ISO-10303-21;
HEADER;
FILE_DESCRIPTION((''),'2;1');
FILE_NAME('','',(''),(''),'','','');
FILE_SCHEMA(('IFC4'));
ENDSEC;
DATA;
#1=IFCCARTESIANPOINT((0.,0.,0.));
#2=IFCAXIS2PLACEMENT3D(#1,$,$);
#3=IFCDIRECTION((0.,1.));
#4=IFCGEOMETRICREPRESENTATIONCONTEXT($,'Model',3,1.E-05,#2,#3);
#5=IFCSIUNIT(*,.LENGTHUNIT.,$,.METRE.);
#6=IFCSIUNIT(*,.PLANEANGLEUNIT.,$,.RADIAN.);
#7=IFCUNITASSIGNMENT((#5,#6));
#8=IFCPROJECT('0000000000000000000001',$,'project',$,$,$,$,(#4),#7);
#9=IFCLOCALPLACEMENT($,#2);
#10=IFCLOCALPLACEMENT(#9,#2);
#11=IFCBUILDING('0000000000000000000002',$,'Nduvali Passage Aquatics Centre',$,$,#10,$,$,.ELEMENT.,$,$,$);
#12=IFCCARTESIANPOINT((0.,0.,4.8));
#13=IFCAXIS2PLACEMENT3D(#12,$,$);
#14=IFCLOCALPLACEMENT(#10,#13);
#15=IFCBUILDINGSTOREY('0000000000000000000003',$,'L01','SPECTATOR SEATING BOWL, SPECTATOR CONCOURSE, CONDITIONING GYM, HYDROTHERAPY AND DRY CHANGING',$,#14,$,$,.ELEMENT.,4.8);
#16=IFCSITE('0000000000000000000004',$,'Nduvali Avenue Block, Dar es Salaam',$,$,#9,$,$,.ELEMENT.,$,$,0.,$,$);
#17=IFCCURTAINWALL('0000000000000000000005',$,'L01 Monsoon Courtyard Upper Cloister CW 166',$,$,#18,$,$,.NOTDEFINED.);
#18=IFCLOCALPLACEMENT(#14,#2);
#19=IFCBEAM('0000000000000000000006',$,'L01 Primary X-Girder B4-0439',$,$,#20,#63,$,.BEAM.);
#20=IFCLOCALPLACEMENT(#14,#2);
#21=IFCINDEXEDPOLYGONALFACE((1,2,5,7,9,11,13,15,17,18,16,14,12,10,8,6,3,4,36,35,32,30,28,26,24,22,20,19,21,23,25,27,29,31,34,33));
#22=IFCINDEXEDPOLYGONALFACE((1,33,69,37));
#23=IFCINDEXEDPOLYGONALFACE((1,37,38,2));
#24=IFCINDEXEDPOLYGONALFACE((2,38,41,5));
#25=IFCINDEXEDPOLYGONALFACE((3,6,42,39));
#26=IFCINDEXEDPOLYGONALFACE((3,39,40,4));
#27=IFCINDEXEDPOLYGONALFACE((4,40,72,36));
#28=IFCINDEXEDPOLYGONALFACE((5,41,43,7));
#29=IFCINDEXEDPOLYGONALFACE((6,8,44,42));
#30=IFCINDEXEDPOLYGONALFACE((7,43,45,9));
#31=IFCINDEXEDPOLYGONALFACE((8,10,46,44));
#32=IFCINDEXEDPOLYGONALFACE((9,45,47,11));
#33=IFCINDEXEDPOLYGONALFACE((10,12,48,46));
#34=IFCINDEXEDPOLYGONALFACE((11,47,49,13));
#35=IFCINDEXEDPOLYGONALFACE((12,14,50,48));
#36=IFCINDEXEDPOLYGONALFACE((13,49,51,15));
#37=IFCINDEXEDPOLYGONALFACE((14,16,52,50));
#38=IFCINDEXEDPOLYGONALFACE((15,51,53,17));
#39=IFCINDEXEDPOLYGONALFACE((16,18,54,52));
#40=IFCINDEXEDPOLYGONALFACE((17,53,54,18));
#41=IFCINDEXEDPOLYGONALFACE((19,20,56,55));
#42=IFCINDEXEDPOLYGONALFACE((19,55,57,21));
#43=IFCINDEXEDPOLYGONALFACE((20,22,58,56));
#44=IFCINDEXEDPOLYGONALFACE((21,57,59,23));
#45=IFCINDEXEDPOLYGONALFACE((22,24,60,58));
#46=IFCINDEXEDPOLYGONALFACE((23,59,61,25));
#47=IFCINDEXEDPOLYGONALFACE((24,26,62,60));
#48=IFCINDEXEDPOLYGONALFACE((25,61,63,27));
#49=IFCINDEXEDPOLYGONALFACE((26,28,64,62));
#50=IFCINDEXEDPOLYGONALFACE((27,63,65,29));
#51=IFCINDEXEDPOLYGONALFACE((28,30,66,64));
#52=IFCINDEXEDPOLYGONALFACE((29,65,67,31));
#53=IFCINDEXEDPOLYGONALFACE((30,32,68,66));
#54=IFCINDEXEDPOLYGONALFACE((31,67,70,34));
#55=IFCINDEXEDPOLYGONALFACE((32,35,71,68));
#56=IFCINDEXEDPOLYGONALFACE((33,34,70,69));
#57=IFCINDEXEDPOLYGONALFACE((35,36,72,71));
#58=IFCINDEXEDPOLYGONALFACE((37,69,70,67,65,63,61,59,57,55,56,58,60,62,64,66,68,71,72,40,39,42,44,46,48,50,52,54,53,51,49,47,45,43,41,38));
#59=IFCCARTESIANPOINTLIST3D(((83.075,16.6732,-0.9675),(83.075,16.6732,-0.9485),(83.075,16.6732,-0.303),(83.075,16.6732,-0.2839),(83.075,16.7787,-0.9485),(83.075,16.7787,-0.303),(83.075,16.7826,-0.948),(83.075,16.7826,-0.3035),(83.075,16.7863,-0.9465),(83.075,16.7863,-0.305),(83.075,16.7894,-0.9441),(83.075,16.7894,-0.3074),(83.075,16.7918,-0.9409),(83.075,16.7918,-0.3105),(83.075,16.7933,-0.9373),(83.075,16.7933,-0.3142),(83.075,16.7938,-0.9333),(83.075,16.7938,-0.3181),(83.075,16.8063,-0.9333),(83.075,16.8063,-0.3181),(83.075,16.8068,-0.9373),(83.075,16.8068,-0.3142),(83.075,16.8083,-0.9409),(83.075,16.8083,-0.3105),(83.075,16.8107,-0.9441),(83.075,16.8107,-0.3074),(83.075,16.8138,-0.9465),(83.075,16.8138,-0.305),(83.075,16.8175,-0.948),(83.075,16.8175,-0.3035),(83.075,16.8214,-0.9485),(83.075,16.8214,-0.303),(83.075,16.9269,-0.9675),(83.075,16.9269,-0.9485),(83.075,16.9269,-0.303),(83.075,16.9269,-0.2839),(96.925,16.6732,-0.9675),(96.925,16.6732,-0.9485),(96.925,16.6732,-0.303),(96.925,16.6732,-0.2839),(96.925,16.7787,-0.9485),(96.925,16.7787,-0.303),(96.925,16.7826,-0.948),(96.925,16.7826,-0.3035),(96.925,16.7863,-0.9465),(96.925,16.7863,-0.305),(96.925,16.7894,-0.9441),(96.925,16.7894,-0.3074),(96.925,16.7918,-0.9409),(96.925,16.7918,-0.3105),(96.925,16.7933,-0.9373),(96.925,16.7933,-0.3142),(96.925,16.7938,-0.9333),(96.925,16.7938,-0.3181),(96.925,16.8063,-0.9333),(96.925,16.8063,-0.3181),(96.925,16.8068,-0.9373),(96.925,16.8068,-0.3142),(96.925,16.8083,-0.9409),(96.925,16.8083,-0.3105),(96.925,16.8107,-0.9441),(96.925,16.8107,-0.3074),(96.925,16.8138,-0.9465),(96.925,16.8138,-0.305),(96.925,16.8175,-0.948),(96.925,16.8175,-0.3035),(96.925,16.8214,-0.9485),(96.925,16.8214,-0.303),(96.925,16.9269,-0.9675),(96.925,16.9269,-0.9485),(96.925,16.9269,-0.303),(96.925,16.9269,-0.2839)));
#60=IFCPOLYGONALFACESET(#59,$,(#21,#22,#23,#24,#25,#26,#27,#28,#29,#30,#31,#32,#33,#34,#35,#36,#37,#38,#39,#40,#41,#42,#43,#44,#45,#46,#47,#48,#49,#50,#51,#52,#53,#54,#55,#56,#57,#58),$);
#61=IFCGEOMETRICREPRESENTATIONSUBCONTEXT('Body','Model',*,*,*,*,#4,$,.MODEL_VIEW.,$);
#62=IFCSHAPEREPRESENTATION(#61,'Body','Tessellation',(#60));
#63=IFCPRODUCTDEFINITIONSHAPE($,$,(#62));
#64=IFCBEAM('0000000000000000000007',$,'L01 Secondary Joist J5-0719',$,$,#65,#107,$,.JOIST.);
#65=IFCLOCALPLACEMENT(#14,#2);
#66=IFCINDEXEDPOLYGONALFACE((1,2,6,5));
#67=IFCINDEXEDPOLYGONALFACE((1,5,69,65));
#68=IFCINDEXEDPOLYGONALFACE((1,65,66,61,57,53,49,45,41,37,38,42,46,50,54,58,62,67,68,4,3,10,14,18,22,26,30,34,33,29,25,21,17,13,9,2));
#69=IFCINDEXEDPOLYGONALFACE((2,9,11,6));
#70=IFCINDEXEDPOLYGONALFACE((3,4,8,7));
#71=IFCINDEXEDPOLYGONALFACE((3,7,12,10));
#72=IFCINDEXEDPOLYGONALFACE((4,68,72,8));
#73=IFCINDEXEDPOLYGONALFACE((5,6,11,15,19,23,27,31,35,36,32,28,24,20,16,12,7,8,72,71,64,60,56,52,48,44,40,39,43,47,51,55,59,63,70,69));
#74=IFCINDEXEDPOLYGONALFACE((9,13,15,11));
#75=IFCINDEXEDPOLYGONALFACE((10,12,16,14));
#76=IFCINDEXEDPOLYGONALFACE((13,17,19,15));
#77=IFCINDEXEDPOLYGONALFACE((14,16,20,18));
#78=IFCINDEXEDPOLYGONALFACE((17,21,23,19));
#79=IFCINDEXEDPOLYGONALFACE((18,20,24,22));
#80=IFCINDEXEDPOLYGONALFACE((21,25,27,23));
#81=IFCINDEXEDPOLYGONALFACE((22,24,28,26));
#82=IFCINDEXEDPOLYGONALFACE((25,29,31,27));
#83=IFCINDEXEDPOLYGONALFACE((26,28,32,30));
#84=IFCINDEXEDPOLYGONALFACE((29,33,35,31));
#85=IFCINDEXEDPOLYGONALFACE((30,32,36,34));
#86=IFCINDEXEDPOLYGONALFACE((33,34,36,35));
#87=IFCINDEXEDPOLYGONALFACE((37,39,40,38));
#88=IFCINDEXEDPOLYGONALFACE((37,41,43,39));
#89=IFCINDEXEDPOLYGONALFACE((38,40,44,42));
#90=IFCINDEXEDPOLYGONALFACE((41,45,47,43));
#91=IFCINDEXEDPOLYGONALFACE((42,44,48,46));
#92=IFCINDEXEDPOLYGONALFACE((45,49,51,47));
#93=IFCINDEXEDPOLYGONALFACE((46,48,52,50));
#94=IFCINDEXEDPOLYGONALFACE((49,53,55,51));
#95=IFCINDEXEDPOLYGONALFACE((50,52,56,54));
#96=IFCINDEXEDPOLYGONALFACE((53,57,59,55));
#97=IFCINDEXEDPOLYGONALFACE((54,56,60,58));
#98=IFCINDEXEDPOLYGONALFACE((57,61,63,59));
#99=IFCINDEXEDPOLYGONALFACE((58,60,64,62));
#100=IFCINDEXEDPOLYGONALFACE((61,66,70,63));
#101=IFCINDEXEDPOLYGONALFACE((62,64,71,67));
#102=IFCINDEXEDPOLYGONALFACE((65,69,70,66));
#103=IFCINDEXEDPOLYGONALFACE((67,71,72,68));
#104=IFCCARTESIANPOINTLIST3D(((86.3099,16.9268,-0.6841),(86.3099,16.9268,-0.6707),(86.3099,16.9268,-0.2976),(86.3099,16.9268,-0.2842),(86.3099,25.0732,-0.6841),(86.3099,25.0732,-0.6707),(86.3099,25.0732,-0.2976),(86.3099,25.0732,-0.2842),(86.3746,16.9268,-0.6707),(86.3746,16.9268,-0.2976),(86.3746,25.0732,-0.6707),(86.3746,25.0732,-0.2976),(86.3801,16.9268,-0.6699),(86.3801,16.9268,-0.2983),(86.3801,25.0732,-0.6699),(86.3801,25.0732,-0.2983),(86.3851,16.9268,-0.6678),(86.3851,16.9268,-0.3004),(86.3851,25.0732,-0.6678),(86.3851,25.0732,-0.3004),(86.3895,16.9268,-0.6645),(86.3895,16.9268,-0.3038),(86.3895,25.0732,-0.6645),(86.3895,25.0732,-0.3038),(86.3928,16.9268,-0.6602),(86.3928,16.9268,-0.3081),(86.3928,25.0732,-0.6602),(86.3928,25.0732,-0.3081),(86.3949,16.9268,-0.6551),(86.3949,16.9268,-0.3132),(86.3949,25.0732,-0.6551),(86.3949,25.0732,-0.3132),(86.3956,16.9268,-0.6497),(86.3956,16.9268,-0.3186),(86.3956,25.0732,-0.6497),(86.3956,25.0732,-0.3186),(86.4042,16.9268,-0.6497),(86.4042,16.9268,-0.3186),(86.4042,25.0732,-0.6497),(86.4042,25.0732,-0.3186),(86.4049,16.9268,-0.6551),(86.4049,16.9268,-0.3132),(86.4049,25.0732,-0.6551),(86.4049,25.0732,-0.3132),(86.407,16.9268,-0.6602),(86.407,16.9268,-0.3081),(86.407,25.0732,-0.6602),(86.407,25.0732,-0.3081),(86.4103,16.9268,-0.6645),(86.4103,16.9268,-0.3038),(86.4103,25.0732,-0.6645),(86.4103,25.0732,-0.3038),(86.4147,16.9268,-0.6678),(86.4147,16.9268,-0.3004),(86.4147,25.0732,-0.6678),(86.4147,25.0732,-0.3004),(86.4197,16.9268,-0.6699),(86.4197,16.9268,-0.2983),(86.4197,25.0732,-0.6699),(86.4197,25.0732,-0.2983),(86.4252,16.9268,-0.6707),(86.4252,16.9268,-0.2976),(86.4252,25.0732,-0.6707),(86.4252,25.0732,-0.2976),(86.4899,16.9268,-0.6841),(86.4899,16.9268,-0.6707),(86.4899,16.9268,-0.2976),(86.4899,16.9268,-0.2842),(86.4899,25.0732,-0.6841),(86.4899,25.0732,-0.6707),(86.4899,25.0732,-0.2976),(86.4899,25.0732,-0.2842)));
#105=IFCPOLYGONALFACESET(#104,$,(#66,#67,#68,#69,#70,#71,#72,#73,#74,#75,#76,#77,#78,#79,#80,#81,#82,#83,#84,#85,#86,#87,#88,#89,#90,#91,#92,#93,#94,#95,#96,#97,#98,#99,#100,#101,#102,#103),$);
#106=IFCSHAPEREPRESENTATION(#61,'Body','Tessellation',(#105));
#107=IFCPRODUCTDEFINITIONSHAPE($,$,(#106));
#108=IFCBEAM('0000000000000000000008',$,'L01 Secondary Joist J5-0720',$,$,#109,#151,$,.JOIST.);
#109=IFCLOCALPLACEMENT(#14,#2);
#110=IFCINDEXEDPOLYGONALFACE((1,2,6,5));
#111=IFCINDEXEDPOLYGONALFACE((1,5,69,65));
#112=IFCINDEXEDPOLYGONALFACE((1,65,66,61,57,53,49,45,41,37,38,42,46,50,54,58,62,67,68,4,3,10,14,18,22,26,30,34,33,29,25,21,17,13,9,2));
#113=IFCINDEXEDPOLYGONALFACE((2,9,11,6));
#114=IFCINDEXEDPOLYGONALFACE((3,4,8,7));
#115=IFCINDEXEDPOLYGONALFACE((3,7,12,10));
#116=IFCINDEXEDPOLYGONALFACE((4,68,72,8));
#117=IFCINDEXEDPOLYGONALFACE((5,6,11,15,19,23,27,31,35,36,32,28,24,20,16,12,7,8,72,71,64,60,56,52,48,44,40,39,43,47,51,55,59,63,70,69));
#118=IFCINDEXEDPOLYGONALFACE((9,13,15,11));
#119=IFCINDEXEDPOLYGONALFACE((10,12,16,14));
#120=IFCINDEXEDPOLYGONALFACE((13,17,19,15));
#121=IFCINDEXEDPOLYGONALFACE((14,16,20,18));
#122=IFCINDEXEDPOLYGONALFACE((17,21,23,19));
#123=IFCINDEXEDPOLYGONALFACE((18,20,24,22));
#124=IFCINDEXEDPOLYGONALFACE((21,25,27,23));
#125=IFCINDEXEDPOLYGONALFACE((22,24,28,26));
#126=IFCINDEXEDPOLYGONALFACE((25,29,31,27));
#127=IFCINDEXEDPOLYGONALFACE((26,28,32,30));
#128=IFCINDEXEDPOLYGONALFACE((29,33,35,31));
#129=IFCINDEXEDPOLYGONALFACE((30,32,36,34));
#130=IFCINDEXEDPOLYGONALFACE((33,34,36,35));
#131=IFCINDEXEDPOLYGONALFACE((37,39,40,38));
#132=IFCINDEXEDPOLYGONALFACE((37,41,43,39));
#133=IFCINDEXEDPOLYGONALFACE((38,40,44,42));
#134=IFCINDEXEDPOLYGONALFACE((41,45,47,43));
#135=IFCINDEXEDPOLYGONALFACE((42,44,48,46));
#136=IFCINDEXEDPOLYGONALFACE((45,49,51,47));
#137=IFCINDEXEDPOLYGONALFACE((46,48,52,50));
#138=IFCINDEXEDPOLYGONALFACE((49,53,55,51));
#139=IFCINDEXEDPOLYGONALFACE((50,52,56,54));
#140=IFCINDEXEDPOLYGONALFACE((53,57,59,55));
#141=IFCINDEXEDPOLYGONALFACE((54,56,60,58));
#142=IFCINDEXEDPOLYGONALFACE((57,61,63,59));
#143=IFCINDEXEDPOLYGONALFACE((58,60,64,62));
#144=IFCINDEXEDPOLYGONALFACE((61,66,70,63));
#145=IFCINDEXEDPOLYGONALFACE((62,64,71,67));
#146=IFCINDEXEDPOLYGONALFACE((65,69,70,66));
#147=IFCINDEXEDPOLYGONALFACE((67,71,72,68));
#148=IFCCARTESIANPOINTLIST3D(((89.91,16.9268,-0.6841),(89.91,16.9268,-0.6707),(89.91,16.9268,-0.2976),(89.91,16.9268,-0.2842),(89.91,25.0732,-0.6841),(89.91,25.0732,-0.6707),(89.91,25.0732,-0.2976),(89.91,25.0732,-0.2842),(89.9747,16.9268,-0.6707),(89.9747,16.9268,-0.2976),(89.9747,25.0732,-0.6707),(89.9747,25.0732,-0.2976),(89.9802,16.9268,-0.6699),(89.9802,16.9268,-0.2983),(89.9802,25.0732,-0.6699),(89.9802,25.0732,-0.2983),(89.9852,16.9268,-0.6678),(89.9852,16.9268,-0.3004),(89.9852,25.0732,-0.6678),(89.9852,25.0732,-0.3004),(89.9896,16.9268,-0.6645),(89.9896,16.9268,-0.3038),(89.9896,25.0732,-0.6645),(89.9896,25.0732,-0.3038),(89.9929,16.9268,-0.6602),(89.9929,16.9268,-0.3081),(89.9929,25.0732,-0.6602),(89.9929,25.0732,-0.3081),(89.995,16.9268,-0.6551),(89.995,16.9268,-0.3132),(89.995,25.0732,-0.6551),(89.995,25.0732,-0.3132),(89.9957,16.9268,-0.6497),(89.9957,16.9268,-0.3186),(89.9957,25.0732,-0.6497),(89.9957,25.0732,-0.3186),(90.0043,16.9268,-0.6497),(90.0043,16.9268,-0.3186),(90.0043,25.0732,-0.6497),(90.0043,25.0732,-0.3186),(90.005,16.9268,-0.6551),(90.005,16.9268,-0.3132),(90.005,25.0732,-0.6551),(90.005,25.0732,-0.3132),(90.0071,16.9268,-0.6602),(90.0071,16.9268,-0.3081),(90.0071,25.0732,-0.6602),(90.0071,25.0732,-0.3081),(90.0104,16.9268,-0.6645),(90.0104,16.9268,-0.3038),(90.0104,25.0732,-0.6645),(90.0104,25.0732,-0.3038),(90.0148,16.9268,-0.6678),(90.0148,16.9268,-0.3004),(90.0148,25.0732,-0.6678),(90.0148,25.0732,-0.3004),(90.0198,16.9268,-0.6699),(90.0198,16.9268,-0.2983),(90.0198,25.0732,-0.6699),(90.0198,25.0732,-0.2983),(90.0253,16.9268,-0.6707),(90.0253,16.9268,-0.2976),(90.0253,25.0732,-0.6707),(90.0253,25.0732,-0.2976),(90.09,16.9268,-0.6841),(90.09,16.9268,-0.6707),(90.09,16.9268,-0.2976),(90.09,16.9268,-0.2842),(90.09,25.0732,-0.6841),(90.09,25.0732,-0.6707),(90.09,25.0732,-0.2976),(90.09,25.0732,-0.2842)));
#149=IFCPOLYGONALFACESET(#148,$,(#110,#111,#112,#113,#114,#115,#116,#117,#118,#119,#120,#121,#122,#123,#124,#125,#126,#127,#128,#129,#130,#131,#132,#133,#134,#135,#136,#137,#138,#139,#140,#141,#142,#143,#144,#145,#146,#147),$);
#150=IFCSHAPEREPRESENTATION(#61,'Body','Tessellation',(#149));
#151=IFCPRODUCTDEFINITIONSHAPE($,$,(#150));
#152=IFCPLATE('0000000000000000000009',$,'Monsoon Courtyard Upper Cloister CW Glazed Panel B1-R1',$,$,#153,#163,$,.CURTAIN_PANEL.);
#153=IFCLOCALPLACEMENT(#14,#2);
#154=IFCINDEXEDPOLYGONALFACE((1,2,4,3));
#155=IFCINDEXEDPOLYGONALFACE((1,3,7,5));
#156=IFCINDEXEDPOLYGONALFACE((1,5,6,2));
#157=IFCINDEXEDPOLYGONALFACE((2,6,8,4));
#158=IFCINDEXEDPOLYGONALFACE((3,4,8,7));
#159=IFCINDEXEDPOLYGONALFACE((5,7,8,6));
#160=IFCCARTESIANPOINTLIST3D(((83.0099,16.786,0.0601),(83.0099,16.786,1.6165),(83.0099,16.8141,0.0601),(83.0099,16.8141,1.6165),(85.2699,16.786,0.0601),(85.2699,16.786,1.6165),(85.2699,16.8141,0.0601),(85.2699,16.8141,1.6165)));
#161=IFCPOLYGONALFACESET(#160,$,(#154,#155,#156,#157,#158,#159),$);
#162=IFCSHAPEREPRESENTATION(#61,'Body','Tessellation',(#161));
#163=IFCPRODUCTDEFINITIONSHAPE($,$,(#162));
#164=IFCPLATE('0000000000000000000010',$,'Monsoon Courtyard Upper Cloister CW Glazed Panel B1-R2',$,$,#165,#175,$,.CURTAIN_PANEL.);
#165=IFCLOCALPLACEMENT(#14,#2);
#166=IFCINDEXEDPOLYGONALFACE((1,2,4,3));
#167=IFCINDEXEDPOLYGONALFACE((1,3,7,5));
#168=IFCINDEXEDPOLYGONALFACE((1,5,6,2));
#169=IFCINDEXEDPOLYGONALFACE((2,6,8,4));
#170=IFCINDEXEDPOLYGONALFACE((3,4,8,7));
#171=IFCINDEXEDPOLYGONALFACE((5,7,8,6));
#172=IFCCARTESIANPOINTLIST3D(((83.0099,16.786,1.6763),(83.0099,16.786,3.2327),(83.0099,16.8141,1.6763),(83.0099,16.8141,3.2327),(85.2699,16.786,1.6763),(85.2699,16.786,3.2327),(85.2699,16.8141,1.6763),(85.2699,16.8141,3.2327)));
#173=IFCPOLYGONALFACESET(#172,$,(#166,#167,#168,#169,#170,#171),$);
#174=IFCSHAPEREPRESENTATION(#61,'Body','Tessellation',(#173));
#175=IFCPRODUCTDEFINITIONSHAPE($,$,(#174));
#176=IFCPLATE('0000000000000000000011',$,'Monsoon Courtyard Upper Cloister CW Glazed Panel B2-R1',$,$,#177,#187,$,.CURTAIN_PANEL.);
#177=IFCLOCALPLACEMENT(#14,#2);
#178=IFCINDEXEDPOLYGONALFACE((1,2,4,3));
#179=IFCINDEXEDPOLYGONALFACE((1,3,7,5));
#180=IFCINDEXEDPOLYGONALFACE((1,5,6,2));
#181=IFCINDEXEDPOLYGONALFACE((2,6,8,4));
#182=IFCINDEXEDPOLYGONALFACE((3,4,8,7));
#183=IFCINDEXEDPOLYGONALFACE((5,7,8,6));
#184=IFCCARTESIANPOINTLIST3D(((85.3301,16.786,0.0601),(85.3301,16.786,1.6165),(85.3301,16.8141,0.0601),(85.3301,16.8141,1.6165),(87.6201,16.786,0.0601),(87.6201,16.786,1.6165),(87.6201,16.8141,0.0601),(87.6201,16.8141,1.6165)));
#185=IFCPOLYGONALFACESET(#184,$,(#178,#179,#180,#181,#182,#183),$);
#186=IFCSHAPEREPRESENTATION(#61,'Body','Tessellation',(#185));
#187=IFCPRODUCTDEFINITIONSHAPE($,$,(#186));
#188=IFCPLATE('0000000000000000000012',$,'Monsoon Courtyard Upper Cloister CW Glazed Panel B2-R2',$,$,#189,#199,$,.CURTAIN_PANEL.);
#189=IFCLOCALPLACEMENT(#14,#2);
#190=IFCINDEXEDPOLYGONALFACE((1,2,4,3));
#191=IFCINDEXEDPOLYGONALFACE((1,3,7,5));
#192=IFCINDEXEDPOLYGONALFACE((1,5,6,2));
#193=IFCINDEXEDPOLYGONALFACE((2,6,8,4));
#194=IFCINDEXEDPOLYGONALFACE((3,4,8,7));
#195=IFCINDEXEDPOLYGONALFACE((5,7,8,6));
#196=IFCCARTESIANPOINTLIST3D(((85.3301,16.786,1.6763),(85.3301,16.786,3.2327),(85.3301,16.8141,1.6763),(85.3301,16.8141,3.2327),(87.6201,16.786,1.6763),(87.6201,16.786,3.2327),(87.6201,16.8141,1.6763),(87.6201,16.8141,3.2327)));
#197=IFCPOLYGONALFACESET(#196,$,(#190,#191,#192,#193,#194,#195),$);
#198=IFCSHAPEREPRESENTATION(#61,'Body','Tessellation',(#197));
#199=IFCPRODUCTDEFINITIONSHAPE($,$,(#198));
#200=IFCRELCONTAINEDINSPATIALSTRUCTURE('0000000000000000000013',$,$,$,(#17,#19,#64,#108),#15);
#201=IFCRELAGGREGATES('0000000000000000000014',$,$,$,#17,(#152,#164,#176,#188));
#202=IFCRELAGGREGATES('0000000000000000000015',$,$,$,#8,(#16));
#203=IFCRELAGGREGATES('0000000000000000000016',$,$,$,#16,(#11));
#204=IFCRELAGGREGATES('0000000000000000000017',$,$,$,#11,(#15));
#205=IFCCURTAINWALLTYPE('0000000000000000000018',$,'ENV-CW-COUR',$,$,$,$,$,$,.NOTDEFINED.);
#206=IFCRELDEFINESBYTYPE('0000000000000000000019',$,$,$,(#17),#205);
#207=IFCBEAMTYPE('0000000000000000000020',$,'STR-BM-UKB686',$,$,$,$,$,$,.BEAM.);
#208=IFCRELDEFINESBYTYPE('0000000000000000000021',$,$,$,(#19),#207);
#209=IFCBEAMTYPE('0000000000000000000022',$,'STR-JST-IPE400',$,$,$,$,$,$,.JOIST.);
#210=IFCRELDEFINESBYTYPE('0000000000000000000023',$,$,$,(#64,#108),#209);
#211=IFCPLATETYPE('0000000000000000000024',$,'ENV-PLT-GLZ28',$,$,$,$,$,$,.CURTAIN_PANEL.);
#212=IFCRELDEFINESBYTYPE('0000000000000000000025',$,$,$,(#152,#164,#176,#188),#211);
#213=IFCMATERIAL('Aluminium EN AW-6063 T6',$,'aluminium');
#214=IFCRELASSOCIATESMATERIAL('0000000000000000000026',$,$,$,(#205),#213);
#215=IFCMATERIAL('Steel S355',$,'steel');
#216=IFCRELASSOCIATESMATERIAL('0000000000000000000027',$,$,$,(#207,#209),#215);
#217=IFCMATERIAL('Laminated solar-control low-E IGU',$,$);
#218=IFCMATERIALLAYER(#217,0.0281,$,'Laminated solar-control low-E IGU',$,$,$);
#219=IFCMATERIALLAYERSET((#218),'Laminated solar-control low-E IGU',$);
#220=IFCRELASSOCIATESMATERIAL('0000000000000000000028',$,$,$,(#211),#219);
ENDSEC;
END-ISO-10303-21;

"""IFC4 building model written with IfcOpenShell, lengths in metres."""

from ifc_helpers import new_model, si_unit, direction, frame, origin, origin_2d, place, context, subcontext, project, spatial, rectangle, i_section, extrude, material, layer, layer_set, material_profile, profile_set, type_object, element, aggregate, save


model = new_model("IFC4")

# Units and contexts
model_context = context("Model", 3, precision=1e-05, world=origin(), true_north=direction((0.0, 1.0)))
body_context = subcontext(model_context, "Body", "Model", "MODEL_VIEW")
ifc_project = project(units=[si_unit("LENGTHUNIT", "METRE"), si_unit("PLANEANGLEUNIT", "RADIAN")], contexts=[model_context])

# Site, building, storey
site_placement = place(None, origin())
site = spatial("IfcSite", under=ifc_project, at=site_placement, Name="Nduvali Avenue Block, Dar es Salaam", CompositionType="ELEMENT", RefElevation=0.0)
building_placement = place(site_placement, origin())
building = spatial("IfcBuilding", under=site, at=building_placement, Name="Nduvali Passage Aquatics Centre", CompositionType="ELEMENT")
storey_placement = place(building_placement, frame((0.0, 0.0, 4.8)))
storey = spatial("IfcBuildingStorey", under=building, at=storey_placement, Name="L01", Description="SPECTATOR SEATING BOWL, SPECTATOR CONCOURSE, CONDITIONING GYM, HYDROTHERAPY AND DRY CHANGING", CompositionType="ELEMENT", Elevation=4.8)

# Curtain wall
ifc_material_1 = material(Name="Aluminium EN AW-6063 T6", Category="aluminium")
curtain_wall_type = type_object("IfcCurtainWallType", Name="ENV-CW-COUR", PredefinedType="NOTDEFINED", material=ifc_material_1)
curtain_wall_placement = place(storey_placement, origin())
curtain_wall = element("IfcCurtainWall", 1, at=curtain_wall_placement, inside=storey, type_object=curtain_wall_type, Name="L01 Monsoon Courtyard Upper Cloister CW 166", PredefinedType="NOTDEFINED")

# Beams
ifc_material_2 = material(Name="Steel S355", Category="steel")
ifc_material_profile_1 = material_profile(ifc_material_2, i_section(OverallWidth=0.2537, OverallDepth=0.6836, WebThickness=0.0125, FlangeThickness=0.019, FilletRadius=0.0151, at=origin_2d()), Name="UKB 686x254x140")
ifc_profile_set_1 = profile_set([ifc_material_profile_1], Name="Steel S355")
beam_type_1 = type_object("IfcBeamType", Name="STR-BM-UKB686", PredefinedType="BEAM", material=ifc_profile_set_1)
beam_placement = place(storey_placement, frame((83.075, 16.8, -0.6257), z_axis=(1.0, 0.0, 0.0), x_axis=(0.0, 1.0, 0.0)))
element("IfcBeam", 2, at=beam_placement, inside=storey, type_object=beam_type_1, Name="L01 Primary X-Girder B4-0439", PredefinedType="BEAM", context=body_context, shape_type="SweptSolid", body=[
    extrude(i_section(OverallWidth=0.2537, OverallDepth=0.6836, WebThickness=0.0125, FlangeThickness=0.019, FilletRadius=0.0151, at=origin_2d()), origin(), (0.0, 0.0, 1.0), 13.8501),
])
ifc_material_profile_2 = material_profile(ifc_material_2, i_section(OverallWidth=0.1799, OverallDepth=0.3999, WebThickness=0.0085, FlangeThickness=0.0134, FilletRadius=0.021, at=origin_2d()), Name="IPE 400")
ifc_profile_set_2 = profile_set([ifc_material_profile_2], Name="Steel S355")
beam_type_2 = type_object("IfcBeamType", Name="STR-JST-IPE400", PredefinedType="JOIST", material=ifc_profile_set_2)
for number, where, z_axis, x_axis, name in (
    (3, (86.3999, 16.9268, -0.4841), (0.0, 1.0, 0.0), (-1.0, 0.0, 0.0), "L01 Secondary Joist J5-0719"),
    (4, (90.0, 16.9268, -0.4841), (0.0, 1.0, 0.0), (-1.0, 0.0, 0.0), "L01 Secondary Joist J5-0720"),
):
    element("IfcBeam", number, at=place(storey_placement, frame(where, z_axis=z_axis, x_axis=x_axis)), inside=storey, type_object=beam_type_2, Name=name, PredefinedType="JOIST", context=body_context, shape_type="SweptSolid", body=[
        extrude(i_section(OverallWidth=0.1799, OverallDepth=0.3999, WebThickness=0.0085, FlangeThickness=0.0134, FilletRadius=0.021, at=origin_2d()), origin(), (0.0, 0.0, 1.0), 8.1465),
    ])

# Plates
ifc_material_3 = material(Name="Laminated solar-control low-E IGU")
ifc_layer = layer(ifc_material_3, 0.0281, Name="Laminated solar-control low-E IGU")
ifc_layer_set = layer_set([ifc_layer], Name="Laminated solar-control low-E IGU")
plate_type = type_object("IfcPlateType", Name="ENV-PLT-GLZ28", PredefinedType="CURTAIN_PANEL", material=ifc_layer_set)
plate_1_placement = place(storey_placement, frame((84.1399, 16.8, 0.0601), z_axis=(0.0, 0.0, 1.0), x_axis=(1.0, 0.0, 0.0)))
plate_1 = element("IfcPlate", 5, at=plate_1_placement, type_object=plate_type, Name="Monsoon Courtyard Upper Cloister CW Glazed Panel B1-R1", PredefinedType="CURTAIN_PANEL", context=body_context, shape_type="SweptSolid", body=[
    extrude(rectangle(XDim=2.26, YDim=0.0281, at=origin_2d()), origin(), (0.0, 0.0, 1.0), 1.5564),
])
plate_2_placement = place(storey_placement, frame((84.1399, 16.8, 1.6763), z_axis=(0.0, 0.0, 1.0), x_axis=(1.0, 0.0, 0.0)))
plate_2 = element("IfcPlate", 6, at=plate_2_placement, type_object=plate_type, Name="Monsoon Courtyard Upper Cloister CW Glazed Panel B1-R2", PredefinedType="CURTAIN_PANEL", context=body_context, shape_type="SweptSolid", body=[
    extrude(rectangle(XDim=2.26, YDim=0.0281, at=origin_2d()), origin(), (0.0, 0.0, 1.0), 1.5564),
])
plate_3_placement = place(storey_placement, frame((86.4751, 16.8, 0.0601), z_axis=(0.0, 0.0, 1.0), x_axis=(1.0, 0.0, 0.0)))
plate_3 = element("IfcPlate", 7, at=plate_3_placement, type_object=plate_type, Name="Monsoon Courtyard Upper Cloister CW Glazed Panel B2-R1", PredefinedType="CURTAIN_PANEL", context=body_context, shape_type="SweptSolid", body=[
    extrude(rectangle(XDim=2.29, YDim=0.0281, at=origin_2d()), origin(), (0.0, 0.0, 1.0), 1.5564),
])
plate_4_placement = place(storey_placement, frame((86.4751, 16.8, 1.6763), z_axis=(0.0, 0.0, 1.0), x_axis=(1.0, 0.0, 0.0)))
plate_4 = element("IfcPlate", 8, at=plate_4_placement, type_object=plate_type, Name="Monsoon Courtyard Upper Cloister CW Glazed Panel B2-R2", PredefinedType="CURTAIN_PANEL", context=body_context, shape_type="SweptSolid", body=[
    extrude(rectangle(XDim=2.29, YDim=0.0281, at=origin_2d()), origin(), (0.0, 0.0, 1.0), 1.5564),
])
aggregate(curtain_wall, [plate_1, plate_2, plate_3, plate_4])

save(model, "model.ifc")
